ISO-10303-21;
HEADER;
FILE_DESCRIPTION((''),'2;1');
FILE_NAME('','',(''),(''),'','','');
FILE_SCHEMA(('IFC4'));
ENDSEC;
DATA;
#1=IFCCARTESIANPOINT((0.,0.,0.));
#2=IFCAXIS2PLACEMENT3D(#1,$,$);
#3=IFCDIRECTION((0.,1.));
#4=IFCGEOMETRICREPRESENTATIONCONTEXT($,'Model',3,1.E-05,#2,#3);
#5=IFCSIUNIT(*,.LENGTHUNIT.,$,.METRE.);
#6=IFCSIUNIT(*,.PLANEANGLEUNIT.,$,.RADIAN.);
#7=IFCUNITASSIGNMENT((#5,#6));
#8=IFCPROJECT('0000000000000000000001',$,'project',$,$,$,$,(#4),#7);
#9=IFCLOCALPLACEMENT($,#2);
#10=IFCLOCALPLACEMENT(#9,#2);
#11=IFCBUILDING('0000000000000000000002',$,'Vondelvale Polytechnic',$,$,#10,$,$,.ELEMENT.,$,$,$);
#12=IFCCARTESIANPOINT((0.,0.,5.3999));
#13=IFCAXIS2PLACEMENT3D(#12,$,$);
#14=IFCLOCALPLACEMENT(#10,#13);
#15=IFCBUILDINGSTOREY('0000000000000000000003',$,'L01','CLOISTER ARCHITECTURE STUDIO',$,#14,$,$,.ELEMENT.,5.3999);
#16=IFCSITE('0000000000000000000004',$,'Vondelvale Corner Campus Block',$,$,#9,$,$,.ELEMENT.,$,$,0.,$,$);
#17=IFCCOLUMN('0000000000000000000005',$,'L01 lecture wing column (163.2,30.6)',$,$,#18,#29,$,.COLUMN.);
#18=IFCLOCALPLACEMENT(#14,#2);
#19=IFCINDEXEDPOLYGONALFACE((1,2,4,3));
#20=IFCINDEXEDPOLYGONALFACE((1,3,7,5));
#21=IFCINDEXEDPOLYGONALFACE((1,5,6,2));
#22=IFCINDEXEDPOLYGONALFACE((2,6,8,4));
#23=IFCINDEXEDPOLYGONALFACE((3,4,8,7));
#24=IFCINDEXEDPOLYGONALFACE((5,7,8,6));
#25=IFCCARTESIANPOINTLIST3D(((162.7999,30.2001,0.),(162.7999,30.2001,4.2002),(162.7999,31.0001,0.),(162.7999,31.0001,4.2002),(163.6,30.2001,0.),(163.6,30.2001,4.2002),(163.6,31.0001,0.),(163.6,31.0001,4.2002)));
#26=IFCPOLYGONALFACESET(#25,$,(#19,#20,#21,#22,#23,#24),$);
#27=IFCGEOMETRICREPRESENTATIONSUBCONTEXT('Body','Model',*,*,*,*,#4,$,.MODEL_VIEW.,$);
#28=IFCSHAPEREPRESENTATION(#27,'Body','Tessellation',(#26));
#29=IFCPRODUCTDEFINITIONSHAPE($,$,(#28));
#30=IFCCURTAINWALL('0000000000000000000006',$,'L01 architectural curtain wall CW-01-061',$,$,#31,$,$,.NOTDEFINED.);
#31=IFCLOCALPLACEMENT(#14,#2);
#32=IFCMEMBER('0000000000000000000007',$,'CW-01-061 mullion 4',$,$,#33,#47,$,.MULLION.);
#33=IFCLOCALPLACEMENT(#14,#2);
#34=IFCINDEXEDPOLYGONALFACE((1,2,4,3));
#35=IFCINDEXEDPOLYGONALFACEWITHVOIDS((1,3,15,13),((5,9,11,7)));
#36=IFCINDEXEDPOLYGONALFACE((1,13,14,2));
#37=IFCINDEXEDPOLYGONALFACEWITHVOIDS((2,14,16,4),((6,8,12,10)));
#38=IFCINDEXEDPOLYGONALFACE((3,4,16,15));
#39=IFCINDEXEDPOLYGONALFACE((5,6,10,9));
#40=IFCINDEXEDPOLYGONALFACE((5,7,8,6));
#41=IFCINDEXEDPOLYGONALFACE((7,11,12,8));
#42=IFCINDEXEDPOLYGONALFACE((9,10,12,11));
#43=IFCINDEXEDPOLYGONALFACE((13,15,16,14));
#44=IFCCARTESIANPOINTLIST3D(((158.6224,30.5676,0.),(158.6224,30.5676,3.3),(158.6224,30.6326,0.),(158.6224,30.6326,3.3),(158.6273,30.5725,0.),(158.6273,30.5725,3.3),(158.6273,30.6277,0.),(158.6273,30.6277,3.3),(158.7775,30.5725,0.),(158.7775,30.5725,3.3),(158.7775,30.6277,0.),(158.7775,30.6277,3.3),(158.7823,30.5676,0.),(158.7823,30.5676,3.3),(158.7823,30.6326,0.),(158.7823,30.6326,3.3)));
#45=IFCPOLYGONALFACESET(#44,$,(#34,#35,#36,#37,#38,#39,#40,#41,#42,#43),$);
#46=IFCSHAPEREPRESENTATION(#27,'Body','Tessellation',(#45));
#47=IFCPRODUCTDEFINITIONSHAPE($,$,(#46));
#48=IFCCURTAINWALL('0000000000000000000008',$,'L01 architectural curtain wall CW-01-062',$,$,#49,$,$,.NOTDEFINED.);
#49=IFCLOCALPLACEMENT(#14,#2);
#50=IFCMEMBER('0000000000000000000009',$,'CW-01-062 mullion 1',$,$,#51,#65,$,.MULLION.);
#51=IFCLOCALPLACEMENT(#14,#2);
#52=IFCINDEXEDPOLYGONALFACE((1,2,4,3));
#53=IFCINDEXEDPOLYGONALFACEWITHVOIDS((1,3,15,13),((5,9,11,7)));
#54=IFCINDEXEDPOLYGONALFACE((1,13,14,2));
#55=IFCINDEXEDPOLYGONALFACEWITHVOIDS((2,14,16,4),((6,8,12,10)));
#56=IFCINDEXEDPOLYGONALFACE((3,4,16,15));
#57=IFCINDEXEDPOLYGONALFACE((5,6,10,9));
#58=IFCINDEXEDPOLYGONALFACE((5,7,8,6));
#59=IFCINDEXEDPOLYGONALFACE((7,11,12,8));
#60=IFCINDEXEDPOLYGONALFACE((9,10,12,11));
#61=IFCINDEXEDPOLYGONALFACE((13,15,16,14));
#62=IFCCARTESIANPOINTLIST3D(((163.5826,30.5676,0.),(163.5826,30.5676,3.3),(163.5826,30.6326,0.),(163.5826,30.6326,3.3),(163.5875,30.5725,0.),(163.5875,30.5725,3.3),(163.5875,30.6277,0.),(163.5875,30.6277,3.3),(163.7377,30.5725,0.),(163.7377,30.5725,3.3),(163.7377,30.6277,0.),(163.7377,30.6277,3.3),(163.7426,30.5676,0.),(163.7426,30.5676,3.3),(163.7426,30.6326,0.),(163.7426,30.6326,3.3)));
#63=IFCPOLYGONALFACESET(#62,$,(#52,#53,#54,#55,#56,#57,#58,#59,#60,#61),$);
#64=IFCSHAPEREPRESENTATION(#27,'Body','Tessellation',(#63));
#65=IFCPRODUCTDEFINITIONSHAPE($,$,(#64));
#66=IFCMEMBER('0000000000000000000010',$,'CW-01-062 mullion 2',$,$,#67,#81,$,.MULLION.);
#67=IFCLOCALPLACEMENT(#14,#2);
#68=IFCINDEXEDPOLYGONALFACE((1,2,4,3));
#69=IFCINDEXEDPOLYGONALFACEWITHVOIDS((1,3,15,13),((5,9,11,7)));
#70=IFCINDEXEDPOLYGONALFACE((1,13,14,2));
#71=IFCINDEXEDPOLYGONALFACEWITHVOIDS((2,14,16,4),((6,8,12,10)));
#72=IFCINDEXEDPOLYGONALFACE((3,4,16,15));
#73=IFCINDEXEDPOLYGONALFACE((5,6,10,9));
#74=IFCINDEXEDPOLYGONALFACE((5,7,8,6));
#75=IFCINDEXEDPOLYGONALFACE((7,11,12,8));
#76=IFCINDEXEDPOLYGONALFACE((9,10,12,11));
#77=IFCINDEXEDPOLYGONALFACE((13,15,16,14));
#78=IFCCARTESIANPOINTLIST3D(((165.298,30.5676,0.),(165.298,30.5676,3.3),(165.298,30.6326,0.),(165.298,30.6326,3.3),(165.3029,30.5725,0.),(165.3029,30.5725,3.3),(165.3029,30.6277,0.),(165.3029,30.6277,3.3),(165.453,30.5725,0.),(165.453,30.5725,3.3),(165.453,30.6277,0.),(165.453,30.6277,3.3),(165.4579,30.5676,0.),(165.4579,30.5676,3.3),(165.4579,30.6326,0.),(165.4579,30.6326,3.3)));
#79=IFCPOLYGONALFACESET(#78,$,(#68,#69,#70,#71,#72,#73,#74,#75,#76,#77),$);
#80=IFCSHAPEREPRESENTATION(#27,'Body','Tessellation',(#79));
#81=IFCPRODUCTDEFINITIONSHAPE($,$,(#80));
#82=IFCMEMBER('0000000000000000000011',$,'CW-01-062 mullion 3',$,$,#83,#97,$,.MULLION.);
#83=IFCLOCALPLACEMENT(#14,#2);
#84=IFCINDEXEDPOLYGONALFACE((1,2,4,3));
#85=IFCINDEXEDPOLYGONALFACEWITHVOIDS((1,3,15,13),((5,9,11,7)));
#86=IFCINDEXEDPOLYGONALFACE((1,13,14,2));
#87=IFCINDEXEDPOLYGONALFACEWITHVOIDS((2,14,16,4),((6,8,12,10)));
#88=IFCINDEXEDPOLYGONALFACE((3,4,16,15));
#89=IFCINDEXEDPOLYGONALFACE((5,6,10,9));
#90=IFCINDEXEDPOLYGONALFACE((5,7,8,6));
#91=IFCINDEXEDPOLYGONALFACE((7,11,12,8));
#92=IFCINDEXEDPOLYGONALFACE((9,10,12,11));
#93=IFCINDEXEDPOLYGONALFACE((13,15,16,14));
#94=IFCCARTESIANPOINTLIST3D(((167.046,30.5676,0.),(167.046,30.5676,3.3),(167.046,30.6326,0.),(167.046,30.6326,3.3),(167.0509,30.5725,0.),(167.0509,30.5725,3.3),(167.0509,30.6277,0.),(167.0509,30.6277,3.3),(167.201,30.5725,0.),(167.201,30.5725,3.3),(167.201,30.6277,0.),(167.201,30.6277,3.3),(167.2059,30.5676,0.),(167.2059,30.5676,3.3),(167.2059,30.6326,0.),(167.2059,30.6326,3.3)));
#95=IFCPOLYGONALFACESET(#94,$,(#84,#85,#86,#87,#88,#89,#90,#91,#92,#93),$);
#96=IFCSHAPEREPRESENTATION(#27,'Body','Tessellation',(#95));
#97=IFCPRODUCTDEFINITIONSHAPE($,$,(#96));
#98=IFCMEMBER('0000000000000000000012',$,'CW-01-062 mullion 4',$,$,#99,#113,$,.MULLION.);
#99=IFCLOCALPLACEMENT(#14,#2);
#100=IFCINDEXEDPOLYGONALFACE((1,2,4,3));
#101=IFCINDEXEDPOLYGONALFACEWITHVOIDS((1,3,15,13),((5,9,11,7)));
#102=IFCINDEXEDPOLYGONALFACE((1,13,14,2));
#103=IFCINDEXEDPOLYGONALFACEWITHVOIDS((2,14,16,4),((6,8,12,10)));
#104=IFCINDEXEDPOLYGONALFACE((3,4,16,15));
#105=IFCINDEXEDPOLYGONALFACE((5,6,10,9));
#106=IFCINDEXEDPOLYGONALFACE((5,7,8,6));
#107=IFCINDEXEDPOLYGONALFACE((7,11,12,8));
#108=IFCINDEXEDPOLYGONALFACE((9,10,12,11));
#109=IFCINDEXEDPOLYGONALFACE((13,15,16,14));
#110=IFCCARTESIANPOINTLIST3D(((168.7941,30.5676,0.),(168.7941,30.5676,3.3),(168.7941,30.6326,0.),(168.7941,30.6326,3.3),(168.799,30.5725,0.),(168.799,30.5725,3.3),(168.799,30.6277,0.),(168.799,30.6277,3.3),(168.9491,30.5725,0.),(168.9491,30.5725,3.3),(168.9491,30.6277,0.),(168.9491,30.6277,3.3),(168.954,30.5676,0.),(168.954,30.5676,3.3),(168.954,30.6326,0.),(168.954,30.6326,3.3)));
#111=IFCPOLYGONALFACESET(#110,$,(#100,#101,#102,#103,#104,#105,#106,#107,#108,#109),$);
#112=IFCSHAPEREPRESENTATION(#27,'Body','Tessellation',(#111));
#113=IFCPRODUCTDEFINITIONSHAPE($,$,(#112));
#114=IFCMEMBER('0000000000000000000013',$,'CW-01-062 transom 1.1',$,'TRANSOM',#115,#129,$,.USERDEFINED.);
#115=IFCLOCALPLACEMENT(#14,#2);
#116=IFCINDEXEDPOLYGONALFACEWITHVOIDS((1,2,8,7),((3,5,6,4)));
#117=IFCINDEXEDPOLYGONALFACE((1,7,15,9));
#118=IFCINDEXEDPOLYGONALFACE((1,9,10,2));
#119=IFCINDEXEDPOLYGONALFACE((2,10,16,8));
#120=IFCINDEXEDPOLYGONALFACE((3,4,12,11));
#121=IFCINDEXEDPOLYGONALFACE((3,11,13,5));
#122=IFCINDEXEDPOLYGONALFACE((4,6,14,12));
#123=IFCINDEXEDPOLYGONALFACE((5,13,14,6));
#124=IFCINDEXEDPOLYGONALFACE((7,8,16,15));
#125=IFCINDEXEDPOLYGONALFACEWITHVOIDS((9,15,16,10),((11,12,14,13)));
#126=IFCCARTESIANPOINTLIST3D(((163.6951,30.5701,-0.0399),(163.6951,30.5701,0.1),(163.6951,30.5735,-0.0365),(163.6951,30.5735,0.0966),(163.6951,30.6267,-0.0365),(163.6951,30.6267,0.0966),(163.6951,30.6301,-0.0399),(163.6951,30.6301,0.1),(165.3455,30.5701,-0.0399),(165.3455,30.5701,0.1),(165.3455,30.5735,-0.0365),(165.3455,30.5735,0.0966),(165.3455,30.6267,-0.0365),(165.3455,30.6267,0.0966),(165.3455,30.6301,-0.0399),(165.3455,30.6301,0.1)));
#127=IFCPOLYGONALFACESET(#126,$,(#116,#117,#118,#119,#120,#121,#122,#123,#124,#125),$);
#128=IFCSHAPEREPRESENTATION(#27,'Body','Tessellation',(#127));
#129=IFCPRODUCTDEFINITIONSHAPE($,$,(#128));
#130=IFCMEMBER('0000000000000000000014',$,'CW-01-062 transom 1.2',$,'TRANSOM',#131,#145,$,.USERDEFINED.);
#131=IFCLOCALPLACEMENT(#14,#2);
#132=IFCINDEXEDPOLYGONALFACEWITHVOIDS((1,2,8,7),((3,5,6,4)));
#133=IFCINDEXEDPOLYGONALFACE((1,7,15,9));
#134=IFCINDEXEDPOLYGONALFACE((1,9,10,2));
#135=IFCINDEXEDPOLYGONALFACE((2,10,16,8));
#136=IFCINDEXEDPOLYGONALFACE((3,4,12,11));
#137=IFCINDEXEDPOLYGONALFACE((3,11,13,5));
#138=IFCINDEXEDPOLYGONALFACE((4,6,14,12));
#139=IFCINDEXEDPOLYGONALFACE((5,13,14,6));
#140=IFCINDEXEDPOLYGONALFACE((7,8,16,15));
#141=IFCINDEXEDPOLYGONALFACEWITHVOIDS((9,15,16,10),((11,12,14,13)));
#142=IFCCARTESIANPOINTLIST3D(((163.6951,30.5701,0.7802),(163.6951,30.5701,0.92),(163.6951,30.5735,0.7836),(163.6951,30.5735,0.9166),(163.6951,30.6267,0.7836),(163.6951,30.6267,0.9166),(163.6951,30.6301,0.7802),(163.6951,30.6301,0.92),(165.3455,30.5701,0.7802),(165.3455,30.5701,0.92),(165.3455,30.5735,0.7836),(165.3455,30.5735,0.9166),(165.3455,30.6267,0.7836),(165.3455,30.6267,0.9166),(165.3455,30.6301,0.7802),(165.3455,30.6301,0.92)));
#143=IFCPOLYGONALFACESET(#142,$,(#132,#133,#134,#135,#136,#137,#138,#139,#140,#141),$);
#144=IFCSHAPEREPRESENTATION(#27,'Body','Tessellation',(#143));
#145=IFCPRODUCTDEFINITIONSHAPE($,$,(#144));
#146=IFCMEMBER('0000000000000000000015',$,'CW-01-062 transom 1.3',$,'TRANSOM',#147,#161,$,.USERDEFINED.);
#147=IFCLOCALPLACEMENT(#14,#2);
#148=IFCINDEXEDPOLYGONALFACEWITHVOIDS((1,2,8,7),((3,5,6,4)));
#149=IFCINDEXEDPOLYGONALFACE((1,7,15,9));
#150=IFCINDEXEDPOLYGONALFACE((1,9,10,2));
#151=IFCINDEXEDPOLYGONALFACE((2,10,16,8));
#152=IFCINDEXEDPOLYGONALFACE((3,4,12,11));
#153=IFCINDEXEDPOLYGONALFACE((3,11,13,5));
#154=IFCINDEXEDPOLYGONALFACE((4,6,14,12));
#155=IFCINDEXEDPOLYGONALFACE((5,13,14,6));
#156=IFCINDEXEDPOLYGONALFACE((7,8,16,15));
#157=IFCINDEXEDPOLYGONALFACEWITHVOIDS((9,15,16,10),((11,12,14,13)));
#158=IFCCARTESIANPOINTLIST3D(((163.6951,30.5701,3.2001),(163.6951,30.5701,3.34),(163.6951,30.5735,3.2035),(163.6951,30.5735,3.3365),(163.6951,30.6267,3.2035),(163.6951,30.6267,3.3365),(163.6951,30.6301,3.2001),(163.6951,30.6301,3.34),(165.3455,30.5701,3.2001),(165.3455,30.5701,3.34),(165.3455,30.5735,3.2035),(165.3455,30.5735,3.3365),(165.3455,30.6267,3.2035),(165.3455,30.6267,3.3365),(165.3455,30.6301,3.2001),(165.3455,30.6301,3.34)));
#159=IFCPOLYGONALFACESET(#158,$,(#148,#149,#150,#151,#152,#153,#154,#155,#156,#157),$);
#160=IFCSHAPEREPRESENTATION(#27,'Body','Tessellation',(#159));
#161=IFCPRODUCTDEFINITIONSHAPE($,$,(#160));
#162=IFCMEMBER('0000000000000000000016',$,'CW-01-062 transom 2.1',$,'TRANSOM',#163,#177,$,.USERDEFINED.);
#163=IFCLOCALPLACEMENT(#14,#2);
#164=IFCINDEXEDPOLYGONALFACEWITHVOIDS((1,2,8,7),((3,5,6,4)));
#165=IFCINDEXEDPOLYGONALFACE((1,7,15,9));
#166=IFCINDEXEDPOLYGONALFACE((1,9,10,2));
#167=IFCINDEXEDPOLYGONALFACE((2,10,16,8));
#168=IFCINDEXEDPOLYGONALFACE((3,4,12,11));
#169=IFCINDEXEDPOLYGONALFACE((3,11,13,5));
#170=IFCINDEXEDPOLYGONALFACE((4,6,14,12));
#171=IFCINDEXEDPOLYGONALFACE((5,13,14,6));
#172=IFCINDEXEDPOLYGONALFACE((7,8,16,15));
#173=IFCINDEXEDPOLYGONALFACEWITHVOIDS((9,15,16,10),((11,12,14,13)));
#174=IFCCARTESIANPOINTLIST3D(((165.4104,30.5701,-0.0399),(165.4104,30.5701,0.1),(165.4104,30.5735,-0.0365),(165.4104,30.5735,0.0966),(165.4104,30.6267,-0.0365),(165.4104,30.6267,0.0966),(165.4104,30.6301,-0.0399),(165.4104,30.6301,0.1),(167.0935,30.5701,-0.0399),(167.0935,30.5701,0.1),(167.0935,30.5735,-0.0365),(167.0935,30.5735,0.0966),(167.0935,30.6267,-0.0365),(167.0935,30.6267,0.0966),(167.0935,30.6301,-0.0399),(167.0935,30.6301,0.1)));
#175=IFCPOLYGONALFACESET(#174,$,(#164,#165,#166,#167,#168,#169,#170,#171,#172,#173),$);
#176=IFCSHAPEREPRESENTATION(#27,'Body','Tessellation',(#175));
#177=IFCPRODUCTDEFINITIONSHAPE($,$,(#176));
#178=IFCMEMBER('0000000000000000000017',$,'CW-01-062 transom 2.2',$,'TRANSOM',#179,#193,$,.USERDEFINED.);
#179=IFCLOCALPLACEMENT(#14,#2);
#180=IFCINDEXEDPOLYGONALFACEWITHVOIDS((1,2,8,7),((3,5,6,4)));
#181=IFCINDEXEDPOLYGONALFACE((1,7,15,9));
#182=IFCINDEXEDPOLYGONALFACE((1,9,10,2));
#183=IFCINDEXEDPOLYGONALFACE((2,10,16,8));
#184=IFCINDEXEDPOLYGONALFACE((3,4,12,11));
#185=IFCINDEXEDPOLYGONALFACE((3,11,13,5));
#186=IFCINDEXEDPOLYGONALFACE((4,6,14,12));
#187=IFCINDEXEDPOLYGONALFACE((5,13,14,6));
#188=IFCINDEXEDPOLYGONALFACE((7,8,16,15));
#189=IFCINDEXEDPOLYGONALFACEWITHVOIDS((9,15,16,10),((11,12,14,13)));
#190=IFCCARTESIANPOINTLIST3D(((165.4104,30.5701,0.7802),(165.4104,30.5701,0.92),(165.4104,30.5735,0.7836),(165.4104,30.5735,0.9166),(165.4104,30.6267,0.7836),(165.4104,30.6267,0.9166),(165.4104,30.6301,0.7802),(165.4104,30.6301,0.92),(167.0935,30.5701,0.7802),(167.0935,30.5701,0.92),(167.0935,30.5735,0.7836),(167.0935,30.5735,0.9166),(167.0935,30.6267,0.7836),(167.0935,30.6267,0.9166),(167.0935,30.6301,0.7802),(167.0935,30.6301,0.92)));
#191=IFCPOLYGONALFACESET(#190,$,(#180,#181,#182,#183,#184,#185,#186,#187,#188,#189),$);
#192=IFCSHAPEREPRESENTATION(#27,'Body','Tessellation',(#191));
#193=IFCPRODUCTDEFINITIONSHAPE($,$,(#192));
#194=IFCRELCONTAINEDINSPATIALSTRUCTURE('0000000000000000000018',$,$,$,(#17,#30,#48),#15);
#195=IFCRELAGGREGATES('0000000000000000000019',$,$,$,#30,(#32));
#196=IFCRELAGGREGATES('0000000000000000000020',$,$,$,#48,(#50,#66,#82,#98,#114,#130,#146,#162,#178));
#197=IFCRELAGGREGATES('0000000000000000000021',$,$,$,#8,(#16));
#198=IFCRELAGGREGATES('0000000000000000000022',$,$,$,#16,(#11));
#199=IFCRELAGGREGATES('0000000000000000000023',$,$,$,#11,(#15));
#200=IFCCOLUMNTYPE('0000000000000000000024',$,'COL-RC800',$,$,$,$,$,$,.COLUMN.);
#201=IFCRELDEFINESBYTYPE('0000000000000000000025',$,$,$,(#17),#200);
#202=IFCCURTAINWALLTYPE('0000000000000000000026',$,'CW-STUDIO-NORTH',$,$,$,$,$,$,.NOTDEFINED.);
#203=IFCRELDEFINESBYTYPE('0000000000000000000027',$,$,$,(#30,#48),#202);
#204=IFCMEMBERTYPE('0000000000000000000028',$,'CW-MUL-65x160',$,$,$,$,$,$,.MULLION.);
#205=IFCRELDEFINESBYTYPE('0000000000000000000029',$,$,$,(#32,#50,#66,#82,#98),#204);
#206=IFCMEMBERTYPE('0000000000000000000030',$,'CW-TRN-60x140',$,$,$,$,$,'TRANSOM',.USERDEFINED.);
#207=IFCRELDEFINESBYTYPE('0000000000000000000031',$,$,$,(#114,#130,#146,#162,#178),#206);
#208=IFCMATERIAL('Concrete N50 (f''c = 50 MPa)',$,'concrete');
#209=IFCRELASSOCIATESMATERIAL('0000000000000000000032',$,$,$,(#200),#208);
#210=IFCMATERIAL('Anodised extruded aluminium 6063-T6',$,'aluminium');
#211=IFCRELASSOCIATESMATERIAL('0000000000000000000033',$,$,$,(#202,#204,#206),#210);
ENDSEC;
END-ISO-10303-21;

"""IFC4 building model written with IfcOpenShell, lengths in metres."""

from ifc_helpers import new_model, si_unit, direction, frame, origin, origin_2d, place, context, subcontext, project, spatial, rectangle, hollow_rectangle, extrude, material, material_profile, profile_set, type_object, element, aggregate, save


model = new_model("IFC4")

# Units and contexts
model_context = context("Model", 3, precision=1e-05, world=origin(), true_north=direction((0.0, 1.0)))
body_context = subcontext(model_context, "Body", "Model", "MODEL_VIEW")
ifc_project = project(units=[si_unit("LENGTHUNIT", "METRE"), si_unit("PLANEANGLEUNIT", "RADIAN")], contexts=[model_context])

# Site, building, storey
site_placement = place(None, origin())
site = spatial("IfcSite", under=ifc_project, at=site_placement, Name="Vondelvale Corner Campus Block", CompositionType="ELEMENT", RefElevation=0.0)
building_placement = place(site_placement, origin())
building = spatial("IfcBuilding", under=site, at=building_placement, Name="Vondelvale Polytechnic", CompositionType="ELEMENT")
storey_placement = place(building_placement, frame((0.0, 0.0, 5.3999)))
storey = spatial("IfcBuildingStorey", under=building, at=storey_placement, Name="L01", Description="CLOISTER ARCHITECTURE STUDIO", CompositionType="ELEMENT", Elevation=5.3999)

# Column
ifc_material_1 = material(Name="Concrete N50 (f'c = 50 MPa)", Category="concrete")
ifc_material_profile_1 = material_profile(ifc_material_1, rectangle(XDim=0.8, YDim=0.8, at=origin_2d()), Name="RC-COL-800x800")
ifc_profile_set_1 = profile_set([ifc_material_profile_1], Name="Concrete N50 (f'c = 50 MPa)")
column_type = type_object("IfcColumnType", Name="COL-RC800", PredefinedType="COLUMN", material=ifc_profile_set_1)
column_placement = place(storey_placement, frame((163.2, 30.6001, 0.0), z_axis=(0.0, 0.0, 1.0), x_axis=(1.0, 0.0, 0.0)))
element("IfcColumn", 1, at=column_placement, inside=storey, type_object=column_type, Name="L01 lecture wing column (163.2,30.6)", PredefinedType="COLUMN", context=body_context, shape_type="SweptSolid", body=[
    extrude(rectangle(XDim=0.8, YDim=0.8, at=origin_2d()), origin(), (0.0, 0.0, 1.0), 4.2002),
])

# Curtain wall, member
ifc_material_2 = material(Name="Anodised extruded aluminium 6063-T6", Category="aluminium")
curtain_wall_type = type_object("IfcCurtainWallType", Name="CW-STUDIO-NORTH", PredefinedType="NOTDEFINED", material=ifc_material_2)
curtain_wall_1_placement = place(storey_placement, origin())
curtain_wall_1 = element("IfcCurtainWall", 2, at=curtain_wall_1_placement, inside=storey, type_object=curtain_wall_type, Name="L01 architectural curtain wall CW-01-061", PredefinedType="NOTDEFINED")
ifc_material_profile_2 = material_profile(ifc_material_2, hollow_rectangle(XDim=0.0649, YDim=0.1599, WallThickness=0.0049, at=origin_2d()), Name="CW-MUL-160x65")
ifc_profile_set_2 = profile_set([ifc_material_profile_2], Name="Anodised extruded aluminium 6063-T6")
member_type_1 = type_object("IfcMemberType", Name="CW-MUL-65x160", PredefinedType="MULLION", material=ifc_profile_set_2)
member_1_placement = place(storey_placement, frame((158.7024, 30.6001, 0.0), z_axis=(0.0, 0.0, 1.0), x_axis=(0.0, 1.0, 0.0)))
member_1 = element("IfcMember", 3, at=member_1_placement, type_object=member_type_1, Name="CW-01-061 mullion 4", PredefinedType="MULLION", context=body_context, shape_type="SweptSolid", body=[
    extrude(hollow_rectangle(XDim=0.0649, YDim=0.1599, WallThickness=0.0049, at=origin_2d()), origin(), (0.0, 0.0, 1.0), 3.3),
])

# Curtain wall, members
curtain_wall_2_placement = place(storey_placement, origin())
curtain_wall_2 = element("IfcCurtainWall", 4, at=curtain_wall_2_placement, inside=storey, type_object=curtain_wall_type, Name="L01 architectural curtain wall CW-01-062", PredefinedType="NOTDEFINED")
member_2_placement = place(storey_placement, frame((163.6626, 30.6001, 0.0), z_axis=(0.0, 0.0, 1.0), x_axis=(0.0, 1.0, 0.0)))
member_2 = element("IfcMember", 5, at=member_2_placement, type_object=member_type_1, Name="CW-01-062 mullion 1", PredefinedType="MULLION", context=body_context, shape_type="SweptSolid", body=[
    extrude(hollow_rectangle(XDim=0.0649, YDim=0.1599, WallThickness=0.0049, at=origin_2d()), origin(), (0.0, 0.0, 1.0), 3.3),
])
member_3_placement = place(storey_placement, frame((165.3779, 30.6001, 0.0), z_axis=(0.0, 0.0, 1.0), x_axis=(0.0, 1.0, 0.0)))
member_3 = element("IfcMember", 6, at=member_3_placement, type_object=member_type_1, Name="CW-01-062 mullion 2", PredefinedType="MULLION", context=body_context, shape_type="SweptSolid", body=[
    extrude(hollow_rectangle(XDim=0.0649, YDim=0.1599, WallThickness=0.0049, at=origin_2d()), origin(), (0.0, 0.0, 1.0), 3.3),
])
member_4_placement = place(storey_placement, frame((167.126, 30.6001, 0.0), z_axis=(0.0, 0.0, 1.0), x_axis=(0.0, 1.0, 0.0)))
member_4 = element("IfcMember", 7, at=member_4_placement, type_object=member_type_1, Name="CW-01-062 mullion 3", PredefinedType="MULLION", context=body_context, shape_type="SweptSolid", body=[
    extrude(hollow_rectangle(XDim=0.0649, YDim=0.1599, WallThickness=0.0049, at=origin_2d()), origin(), (0.0, 0.0, 1.0), 3.3),
])
member_5_placement = place(storey_placement, frame((168.874, 30.6001, 0.0), z_axis=(0.0, 0.0, 1.0), x_axis=(0.0, 1.0, 0.0)))
member_5 = element("IfcMember", 8, at=member_5_placement, type_object=member_type_1, Name="CW-01-062 mullion 4", PredefinedType="MULLION", context=body_context, shape_type="SweptSolid", body=[
    extrude(hollow_rectangle(XDim=0.0649, YDim=0.1599, WallThickness=0.0049, at=origin_2d()), origin(), (0.0, 0.0, 1.0), 3.3),
])
ifc_material_profile_3 = material_profile(ifc_material_2, hollow_rectangle(XDim=0.0601, YDim=0.1399, WallThickness=0.0034, at=origin_2d()), Name="CW-TRN-140x60")
ifc_profile_set_3 = profile_set([ifc_material_profile_3], Name="Anodised extruded aluminium 6063-T6")
member_type_2 = type_object("IfcMemberType", Name="CW-TRN-60x140", ElementType="TRANSOM", PredefinedType="USERDEFINED", material=ifc_profile_set_3)
member_6_placement = place(storey_placement, frame((163.6951, 30.6001, 0.03), z_axis=(1.0, 0.0, 0.0), x_axis=(0.0, 1.0, 0.0)))
member_6 = element("IfcMember", 9, at=member_6_placement, type_object=member_type_2, Name="CW-01-062 transom 1.1", ObjectType="TRANSOM", PredefinedType="USERDEFINED", context=body_context, shape_type="SweptSolid", body=[
    extrude(hollow_rectangle(XDim=0.0601, YDim=0.1399, WallThickness=0.0034, at=origin_2d()), origin(), (0.0, 0.0, 1.0), 1.6504),
])
member_7_placement = place(storey_placement, frame((163.6951, 30.6001, 0.8501), z_axis=(1.0, 0.0, 0.0), x_axis=(0.0, 1.0, 0.0)))
member_7 = element("IfcMember", 10, at=member_7_placement, type_object=member_type_2, Name="CW-01-062 transom 1.2", ObjectType="TRANSOM", PredefinedType="USERDEFINED", context=body_context, shape_type="SweptSolid", body=[
    extrude(hollow_rectangle(XDim=0.0601, YDim=0.1399, WallThickness=0.0034, at=origin_2d()), origin(), (0.0, 0.0, 1.0), 1.6504),
])
member_8_placement = place(storey_placement, frame((163.6951, 30.6001, 3.27), z_axis=(1.0, 0.0, 0.0), x_axis=(0.0, 1.0, 0.0)))
member_8 = element("IfcMember", 11, at=member_8_placement, type_object=member_type_2, Name="CW-01-062 transom 1.3", ObjectType="TRANSOM", PredefinedType="USERDEFINED", context=body_context, shape_type="SweptSolid", body=[
    extrude(hollow_rectangle(XDim=0.0601, YDim=0.1399, WallThickness=0.0034, at=origin_2d()), origin(), (0.0, 0.0, 1.0), 1.6504),
])
member_9_placement = place(storey_placement, frame((165.4104, 30.6001, 0.03), z_axis=(1.0, 0.0, 0.0), x_axis=(0.0, 1.0, 0.0)))
member_9 = element("IfcMember", 12, at=member_9_placement, type_object=member_type_2, Name="CW-01-062 transom 2.1", ObjectType="TRANSOM", PredefinedType="USERDEFINED", context=body_context, shape_type="SweptSolid", body=[
    extrude(hollow_rectangle(XDim=0.0601, YDim=0.1399, WallThickness=0.0034, at=origin_2d()), origin(), (0.0, 0.0, 1.0), 1.6831),
])
member_10_placement = place(storey_placement, frame((165.4104, 30.6001, 0.8501), z_axis=(1.0, 0.0, 0.0), x_axis=(0.0, 1.0, 0.0)))
member_10 = element("IfcMember", 13, at=member_10_placement, type_object=member_type_2, Name="CW-01-062 transom 2.2", ObjectType="TRANSOM", PredefinedType="USERDEFINED", context=body_context, shape_type="SweptSolid", body=[
    extrude(hollow_rectangle(XDim=0.0601, YDim=0.1399, WallThickness=0.0034, at=origin_2d()), origin(), (0.0, 0.0, 1.0), 1.6831),
])

aggregate(curtain_wall_1, [member_1])
aggregate(curtain_wall_2, [member_2, member_3, member_4, member_5, member_6, member_7, member_8, member_9, member_10])

save(model, "model.ifc")
